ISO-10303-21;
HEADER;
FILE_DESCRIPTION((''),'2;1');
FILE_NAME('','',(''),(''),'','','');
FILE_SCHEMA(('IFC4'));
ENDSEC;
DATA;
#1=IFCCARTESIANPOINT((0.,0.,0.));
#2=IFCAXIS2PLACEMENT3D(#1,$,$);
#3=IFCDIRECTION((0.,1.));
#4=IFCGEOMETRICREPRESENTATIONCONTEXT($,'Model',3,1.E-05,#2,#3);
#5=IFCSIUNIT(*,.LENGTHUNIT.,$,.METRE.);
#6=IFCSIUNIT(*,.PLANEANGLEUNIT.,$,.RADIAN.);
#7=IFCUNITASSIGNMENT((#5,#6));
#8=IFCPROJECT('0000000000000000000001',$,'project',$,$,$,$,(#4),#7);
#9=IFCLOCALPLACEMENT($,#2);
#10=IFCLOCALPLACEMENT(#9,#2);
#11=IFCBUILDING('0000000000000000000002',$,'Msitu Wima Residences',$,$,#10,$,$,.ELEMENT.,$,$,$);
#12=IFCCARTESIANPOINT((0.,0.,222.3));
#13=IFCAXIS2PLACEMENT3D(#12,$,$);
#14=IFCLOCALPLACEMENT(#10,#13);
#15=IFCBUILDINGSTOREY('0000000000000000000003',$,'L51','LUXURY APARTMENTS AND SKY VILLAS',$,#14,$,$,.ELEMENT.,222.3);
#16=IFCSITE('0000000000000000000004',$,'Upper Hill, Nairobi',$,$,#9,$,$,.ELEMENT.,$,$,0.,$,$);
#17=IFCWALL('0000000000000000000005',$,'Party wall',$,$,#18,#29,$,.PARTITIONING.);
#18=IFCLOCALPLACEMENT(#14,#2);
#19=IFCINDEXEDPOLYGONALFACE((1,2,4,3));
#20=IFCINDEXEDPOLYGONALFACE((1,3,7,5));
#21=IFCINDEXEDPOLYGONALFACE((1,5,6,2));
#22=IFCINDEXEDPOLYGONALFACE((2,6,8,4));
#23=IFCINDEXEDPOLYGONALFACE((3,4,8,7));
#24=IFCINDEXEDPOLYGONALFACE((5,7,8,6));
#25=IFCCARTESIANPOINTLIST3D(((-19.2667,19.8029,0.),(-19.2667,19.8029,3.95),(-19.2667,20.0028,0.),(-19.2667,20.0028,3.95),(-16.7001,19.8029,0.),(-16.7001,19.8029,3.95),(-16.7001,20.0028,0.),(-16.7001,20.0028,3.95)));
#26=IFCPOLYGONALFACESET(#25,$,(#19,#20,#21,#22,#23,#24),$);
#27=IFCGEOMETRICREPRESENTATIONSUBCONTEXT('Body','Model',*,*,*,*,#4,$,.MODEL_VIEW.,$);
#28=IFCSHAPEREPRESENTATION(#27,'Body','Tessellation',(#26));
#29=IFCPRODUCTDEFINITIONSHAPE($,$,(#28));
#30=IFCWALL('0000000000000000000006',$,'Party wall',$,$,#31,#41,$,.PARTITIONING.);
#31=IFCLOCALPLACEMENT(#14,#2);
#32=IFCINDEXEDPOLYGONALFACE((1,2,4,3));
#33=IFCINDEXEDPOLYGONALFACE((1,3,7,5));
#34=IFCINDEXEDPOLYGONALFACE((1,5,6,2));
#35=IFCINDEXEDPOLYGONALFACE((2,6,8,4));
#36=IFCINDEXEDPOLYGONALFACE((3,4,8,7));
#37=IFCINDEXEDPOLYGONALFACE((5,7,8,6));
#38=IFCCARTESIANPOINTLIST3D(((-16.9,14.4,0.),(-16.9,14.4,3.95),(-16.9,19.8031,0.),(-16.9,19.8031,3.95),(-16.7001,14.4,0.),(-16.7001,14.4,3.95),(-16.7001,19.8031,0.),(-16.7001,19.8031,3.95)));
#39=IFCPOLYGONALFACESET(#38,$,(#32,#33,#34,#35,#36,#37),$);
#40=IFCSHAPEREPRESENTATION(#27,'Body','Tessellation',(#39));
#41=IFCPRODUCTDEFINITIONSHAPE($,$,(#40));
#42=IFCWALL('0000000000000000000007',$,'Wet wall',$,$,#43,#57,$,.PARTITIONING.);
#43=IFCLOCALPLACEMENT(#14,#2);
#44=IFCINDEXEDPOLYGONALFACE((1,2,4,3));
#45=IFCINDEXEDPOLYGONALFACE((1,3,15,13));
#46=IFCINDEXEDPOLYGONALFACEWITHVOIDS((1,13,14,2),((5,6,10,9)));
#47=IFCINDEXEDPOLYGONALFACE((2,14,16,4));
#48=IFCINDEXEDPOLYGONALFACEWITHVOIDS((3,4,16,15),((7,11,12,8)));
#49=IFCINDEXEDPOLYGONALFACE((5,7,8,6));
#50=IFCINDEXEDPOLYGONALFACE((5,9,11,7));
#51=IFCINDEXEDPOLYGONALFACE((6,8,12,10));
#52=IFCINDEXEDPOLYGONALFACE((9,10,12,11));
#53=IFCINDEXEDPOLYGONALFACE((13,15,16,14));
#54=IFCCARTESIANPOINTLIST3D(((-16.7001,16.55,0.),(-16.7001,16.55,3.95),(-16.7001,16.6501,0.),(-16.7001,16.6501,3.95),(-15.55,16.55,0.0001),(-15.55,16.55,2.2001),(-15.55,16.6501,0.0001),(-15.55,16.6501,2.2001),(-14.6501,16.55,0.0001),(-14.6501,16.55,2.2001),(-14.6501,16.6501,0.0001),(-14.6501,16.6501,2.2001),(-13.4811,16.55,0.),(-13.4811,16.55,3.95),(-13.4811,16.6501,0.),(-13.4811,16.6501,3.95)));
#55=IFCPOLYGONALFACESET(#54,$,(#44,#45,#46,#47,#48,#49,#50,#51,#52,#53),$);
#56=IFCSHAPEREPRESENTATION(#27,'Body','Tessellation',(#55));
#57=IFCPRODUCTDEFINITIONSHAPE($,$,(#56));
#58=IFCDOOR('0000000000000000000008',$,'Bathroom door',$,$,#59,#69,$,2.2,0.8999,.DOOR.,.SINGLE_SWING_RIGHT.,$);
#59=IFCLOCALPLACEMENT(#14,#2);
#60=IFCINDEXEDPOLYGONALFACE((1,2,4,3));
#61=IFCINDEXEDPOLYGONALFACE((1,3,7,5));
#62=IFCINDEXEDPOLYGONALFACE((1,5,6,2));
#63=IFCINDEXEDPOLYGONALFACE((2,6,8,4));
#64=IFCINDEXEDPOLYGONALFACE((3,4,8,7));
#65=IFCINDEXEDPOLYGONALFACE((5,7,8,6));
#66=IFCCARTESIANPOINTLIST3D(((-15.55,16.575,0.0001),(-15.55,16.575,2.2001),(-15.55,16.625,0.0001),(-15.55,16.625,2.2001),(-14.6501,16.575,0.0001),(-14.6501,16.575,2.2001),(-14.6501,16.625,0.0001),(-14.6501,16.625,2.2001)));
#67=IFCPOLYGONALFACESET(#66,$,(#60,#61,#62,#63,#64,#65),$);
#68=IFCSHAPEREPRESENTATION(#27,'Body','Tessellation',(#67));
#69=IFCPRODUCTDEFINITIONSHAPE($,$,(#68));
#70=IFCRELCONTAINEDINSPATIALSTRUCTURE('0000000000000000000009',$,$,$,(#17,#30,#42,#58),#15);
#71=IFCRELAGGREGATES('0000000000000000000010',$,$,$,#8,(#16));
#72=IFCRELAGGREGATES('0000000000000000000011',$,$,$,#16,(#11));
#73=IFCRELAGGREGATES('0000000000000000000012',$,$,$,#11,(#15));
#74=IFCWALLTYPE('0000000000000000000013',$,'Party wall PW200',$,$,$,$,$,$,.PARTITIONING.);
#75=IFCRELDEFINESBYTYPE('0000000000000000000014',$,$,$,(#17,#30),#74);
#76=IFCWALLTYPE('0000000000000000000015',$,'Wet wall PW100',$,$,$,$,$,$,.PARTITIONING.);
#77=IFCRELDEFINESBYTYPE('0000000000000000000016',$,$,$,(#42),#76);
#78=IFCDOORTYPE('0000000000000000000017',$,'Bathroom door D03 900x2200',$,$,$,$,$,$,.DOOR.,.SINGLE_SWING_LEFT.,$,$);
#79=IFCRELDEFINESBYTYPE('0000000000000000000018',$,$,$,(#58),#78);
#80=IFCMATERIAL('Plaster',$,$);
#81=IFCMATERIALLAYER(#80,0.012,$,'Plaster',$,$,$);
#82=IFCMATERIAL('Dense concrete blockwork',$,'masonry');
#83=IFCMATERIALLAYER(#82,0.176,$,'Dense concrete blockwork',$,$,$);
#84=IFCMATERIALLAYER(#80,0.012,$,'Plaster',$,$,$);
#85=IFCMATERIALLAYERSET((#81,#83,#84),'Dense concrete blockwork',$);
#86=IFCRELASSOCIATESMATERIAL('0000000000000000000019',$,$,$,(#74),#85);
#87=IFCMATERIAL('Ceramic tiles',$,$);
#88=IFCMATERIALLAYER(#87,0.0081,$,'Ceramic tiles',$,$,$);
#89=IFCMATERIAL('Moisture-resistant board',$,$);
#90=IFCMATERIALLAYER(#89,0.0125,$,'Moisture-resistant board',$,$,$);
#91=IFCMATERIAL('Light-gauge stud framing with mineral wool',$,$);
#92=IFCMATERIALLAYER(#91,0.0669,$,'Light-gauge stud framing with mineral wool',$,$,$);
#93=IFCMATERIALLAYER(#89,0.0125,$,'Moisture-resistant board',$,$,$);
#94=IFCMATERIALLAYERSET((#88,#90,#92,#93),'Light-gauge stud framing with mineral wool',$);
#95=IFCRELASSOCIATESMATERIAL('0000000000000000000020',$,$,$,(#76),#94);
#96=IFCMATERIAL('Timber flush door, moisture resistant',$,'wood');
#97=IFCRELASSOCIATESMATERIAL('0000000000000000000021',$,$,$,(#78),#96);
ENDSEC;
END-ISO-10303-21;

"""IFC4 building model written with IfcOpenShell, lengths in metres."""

from ifc_helpers import new_model, si_unit, direction, frame, frame_2d, origin, place, context, subcontext, project, spatial, rectangle, extrude, material, layer, layer_set, type_object, element, fill, save


model = new_model("IFC4")

# Units and contexts
model_context = context("Model", 3, precision=1e-05, world=origin(), true_north=direction((0.0, 1.0)))
body_context = subcontext(model_context, "Body", "Model", "MODEL_VIEW")
ifc_project = project(units=[si_unit("LENGTHUNIT", "METRE"), si_unit("PLANEANGLEUNIT", "RADIAN")], contexts=[model_context])

# Site, building, storey
site_placement = place(None, origin())
site = spatial("IfcSite", under=ifc_project, at=site_placement, Name="Upper Hill, Nairobi", CompositionType="ELEMENT", RefElevation=0.0)
building_placement = place(site_placement, origin())
building = spatial("IfcBuilding", under=site, at=building_placement, Name="Msitu Wima Residences", CompositionType="ELEMENT")
storey_placement = place(building_placement, frame((0.0, 0.0, 222.3)))
storey = spatial("IfcBuildingStorey", under=building, at=storey_placement, Name="L51", Description="LUXURY APARTMENTS AND SKY VILLAS", CompositionType="ELEMENT", Elevation=222.3)

# Shared definitions
ifc_material_1 = material(Name="Plaster")

# Walls
ifc_layer_1 = layer(ifc_material_1, 0.012, Name="Plaster")
ifc_material_2 = material(Name="Dense concrete blockwork", Category="masonry")
ifc_layer_2 = layer(ifc_material_2, 0.176, Name="Dense concrete blockwork")
ifc_layer_3 = layer(ifc_material_1, 0.012, Name="Plaster")
ifc_layer_set_1 = layer_set([ifc_layer_1, ifc_layer_2, ifc_layer_3], Name="Dense concrete blockwork")
wall_type_1 = type_object("IfcWallType", Name="Party wall PW200", PredefinedType="PARTITIONING", material=ifc_layer_set_1)
wall_1_placement = place(storey_placement, frame((-19.2666, 19.9028, 0.0), z_axis=(0.0, 0.0, 1.0), x_axis=(1.0, 0.0, 0.0)))
element("IfcWall", 1, at=wall_1_placement, inside=storey, type_object=wall_type_1, Name="Party wall", PredefinedType="PARTITIONING", context=body_context, shape_type="SweptSolid", body=[
    extrude(rectangle(XDim=2.5667, YDim=0.2, at=frame_2d((1.2832, 0.0))), origin(), (0.0, 0.0, 1.0), 3.95),
])
wall_2_placement = place(storey_placement, frame((-16.8, 14.3999, 0.0), z_axis=(0.0, 0.0, 1.0), x_axis=(0.0, 1.0, 0.0)))
element("IfcWall", 2, at=wall_2_placement, inside=storey, type_object=wall_type_1, Name="Party wall", PredefinedType="PARTITIONING", context=body_context, shape_type="SweptSolid", body=[
    extrude(rectangle(XDim=5.4031, YDim=0.2, at=frame_2d((2.7017, 0.0))), origin(), (0.0, 0.0, 1.0), 3.95),
])

# Wall, opening, door
ifc_material_3 = material(Name="Ceramic tiles")
ifc_layer_4 = layer(ifc_material_3, 0.0081, Name="Ceramic tiles")
ifc_material_4 = material(Name="Moisture-resistant board")
ifc_layer_5 = layer(ifc_material_4, 0.0125, Name="Moisture-resistant board")
ifc_material_5 = material(Name="Light-gauge stud framing with mineral wool")
ifc_layer_6 = layer(ifc_material_5, 0.0669, Name="Light-gauge stud framing with mineral wool")
ifc_layer_7 = layer(ifc_material_4, 0.0125, Name="Moisture-resistant board")
ifc_layer_set_2 = layer_set([ifc_layer_4, ifc_layer_5, ifc_layer_6, ifc_layer_7], Name="Light-gauge stud framing with mineral wool")
wall_type_2 = type_object("IfcWallType", Name="Wet wall PW100", PredefinedType="PARTITIONING", material=ifc_layer_set_2)
wall_3_placement = place(storey_placement, frame((-16.7, 16.6001, 0.0), z_axis=(0.0, 0.0, 1.0), x_axis=(1.0, 0.0, 0.0)))
wall_3 = element("IfcWall", 3, at=wall_3_placement, inside=storey, type_object=wall_type_2, Name="Wet wall", PredefinedType="PARTITIONING", context=body_context, shape_type="SweptSolid", body=[
    extrude(rectangle(XDim=3.219, YDim=0.1001, at=frame_2d((1.6094, 0.0))), origin(), (0.0, 0.0, 1.0), 3.95),
])
opening_1_placement = place(wall_3_placement, frame((1.1499, 0.0, 0.0)))
opening_1 = element("IfcOpeningElement", 4, at=opening_1_placement, cuts=wall_3, PredefinedType="OPENING", context=body_context, shape_type="SweptSolid", body=[
    extrude(rectangle(XDim=0.8999, YDim=2.2, at=frame_2d((0.45, 1.1001))), frame((0.0, 0.0601, 0.0), z_axis=(0.0, -1.0, 0.0), x_axis=(1.0, 0.0, 0.0)), (0.0, 0.0, 1.0), 0.1201),
])
ifc_material_6 = material(Name="Timber flush door, moisture resistant", Category="wood")
door_type_1 = type_object("IfcDoorType", Name="Bathroom door D03 900x2200", OperationType="SINGLE_SWING_LEFT", PredefinedType="DOOR", material=ifc_material_6)
door_1_placement = place(opening_1_placement, origin())
door_1 = element("IfcDoor", 5, at=door_1_placement, inside=storey, type_object=door_type_1, Name="Bathroom door", OperationType="SINGLE_SWING_RIGHT", OverallHeight=2.2, OverallWidth=0.8999, PredefinedType="DOOR", context=body_context, shape_type="SweptSolid", body=[
    extrude(rectangle(XDim=0.8999, YDim=2.2, at=frame_2d((0.45, 1.1001))), frame((0.0, 0.0249, 0.0), z_axis=(0.0, -1.0, 0.0), x_axis=(1.0, 0.0, 0.0)), (0.0, 0.0, 1.0), 0.05),
])
fill(opening_1, door_1)

save(model, "model.ifc")
